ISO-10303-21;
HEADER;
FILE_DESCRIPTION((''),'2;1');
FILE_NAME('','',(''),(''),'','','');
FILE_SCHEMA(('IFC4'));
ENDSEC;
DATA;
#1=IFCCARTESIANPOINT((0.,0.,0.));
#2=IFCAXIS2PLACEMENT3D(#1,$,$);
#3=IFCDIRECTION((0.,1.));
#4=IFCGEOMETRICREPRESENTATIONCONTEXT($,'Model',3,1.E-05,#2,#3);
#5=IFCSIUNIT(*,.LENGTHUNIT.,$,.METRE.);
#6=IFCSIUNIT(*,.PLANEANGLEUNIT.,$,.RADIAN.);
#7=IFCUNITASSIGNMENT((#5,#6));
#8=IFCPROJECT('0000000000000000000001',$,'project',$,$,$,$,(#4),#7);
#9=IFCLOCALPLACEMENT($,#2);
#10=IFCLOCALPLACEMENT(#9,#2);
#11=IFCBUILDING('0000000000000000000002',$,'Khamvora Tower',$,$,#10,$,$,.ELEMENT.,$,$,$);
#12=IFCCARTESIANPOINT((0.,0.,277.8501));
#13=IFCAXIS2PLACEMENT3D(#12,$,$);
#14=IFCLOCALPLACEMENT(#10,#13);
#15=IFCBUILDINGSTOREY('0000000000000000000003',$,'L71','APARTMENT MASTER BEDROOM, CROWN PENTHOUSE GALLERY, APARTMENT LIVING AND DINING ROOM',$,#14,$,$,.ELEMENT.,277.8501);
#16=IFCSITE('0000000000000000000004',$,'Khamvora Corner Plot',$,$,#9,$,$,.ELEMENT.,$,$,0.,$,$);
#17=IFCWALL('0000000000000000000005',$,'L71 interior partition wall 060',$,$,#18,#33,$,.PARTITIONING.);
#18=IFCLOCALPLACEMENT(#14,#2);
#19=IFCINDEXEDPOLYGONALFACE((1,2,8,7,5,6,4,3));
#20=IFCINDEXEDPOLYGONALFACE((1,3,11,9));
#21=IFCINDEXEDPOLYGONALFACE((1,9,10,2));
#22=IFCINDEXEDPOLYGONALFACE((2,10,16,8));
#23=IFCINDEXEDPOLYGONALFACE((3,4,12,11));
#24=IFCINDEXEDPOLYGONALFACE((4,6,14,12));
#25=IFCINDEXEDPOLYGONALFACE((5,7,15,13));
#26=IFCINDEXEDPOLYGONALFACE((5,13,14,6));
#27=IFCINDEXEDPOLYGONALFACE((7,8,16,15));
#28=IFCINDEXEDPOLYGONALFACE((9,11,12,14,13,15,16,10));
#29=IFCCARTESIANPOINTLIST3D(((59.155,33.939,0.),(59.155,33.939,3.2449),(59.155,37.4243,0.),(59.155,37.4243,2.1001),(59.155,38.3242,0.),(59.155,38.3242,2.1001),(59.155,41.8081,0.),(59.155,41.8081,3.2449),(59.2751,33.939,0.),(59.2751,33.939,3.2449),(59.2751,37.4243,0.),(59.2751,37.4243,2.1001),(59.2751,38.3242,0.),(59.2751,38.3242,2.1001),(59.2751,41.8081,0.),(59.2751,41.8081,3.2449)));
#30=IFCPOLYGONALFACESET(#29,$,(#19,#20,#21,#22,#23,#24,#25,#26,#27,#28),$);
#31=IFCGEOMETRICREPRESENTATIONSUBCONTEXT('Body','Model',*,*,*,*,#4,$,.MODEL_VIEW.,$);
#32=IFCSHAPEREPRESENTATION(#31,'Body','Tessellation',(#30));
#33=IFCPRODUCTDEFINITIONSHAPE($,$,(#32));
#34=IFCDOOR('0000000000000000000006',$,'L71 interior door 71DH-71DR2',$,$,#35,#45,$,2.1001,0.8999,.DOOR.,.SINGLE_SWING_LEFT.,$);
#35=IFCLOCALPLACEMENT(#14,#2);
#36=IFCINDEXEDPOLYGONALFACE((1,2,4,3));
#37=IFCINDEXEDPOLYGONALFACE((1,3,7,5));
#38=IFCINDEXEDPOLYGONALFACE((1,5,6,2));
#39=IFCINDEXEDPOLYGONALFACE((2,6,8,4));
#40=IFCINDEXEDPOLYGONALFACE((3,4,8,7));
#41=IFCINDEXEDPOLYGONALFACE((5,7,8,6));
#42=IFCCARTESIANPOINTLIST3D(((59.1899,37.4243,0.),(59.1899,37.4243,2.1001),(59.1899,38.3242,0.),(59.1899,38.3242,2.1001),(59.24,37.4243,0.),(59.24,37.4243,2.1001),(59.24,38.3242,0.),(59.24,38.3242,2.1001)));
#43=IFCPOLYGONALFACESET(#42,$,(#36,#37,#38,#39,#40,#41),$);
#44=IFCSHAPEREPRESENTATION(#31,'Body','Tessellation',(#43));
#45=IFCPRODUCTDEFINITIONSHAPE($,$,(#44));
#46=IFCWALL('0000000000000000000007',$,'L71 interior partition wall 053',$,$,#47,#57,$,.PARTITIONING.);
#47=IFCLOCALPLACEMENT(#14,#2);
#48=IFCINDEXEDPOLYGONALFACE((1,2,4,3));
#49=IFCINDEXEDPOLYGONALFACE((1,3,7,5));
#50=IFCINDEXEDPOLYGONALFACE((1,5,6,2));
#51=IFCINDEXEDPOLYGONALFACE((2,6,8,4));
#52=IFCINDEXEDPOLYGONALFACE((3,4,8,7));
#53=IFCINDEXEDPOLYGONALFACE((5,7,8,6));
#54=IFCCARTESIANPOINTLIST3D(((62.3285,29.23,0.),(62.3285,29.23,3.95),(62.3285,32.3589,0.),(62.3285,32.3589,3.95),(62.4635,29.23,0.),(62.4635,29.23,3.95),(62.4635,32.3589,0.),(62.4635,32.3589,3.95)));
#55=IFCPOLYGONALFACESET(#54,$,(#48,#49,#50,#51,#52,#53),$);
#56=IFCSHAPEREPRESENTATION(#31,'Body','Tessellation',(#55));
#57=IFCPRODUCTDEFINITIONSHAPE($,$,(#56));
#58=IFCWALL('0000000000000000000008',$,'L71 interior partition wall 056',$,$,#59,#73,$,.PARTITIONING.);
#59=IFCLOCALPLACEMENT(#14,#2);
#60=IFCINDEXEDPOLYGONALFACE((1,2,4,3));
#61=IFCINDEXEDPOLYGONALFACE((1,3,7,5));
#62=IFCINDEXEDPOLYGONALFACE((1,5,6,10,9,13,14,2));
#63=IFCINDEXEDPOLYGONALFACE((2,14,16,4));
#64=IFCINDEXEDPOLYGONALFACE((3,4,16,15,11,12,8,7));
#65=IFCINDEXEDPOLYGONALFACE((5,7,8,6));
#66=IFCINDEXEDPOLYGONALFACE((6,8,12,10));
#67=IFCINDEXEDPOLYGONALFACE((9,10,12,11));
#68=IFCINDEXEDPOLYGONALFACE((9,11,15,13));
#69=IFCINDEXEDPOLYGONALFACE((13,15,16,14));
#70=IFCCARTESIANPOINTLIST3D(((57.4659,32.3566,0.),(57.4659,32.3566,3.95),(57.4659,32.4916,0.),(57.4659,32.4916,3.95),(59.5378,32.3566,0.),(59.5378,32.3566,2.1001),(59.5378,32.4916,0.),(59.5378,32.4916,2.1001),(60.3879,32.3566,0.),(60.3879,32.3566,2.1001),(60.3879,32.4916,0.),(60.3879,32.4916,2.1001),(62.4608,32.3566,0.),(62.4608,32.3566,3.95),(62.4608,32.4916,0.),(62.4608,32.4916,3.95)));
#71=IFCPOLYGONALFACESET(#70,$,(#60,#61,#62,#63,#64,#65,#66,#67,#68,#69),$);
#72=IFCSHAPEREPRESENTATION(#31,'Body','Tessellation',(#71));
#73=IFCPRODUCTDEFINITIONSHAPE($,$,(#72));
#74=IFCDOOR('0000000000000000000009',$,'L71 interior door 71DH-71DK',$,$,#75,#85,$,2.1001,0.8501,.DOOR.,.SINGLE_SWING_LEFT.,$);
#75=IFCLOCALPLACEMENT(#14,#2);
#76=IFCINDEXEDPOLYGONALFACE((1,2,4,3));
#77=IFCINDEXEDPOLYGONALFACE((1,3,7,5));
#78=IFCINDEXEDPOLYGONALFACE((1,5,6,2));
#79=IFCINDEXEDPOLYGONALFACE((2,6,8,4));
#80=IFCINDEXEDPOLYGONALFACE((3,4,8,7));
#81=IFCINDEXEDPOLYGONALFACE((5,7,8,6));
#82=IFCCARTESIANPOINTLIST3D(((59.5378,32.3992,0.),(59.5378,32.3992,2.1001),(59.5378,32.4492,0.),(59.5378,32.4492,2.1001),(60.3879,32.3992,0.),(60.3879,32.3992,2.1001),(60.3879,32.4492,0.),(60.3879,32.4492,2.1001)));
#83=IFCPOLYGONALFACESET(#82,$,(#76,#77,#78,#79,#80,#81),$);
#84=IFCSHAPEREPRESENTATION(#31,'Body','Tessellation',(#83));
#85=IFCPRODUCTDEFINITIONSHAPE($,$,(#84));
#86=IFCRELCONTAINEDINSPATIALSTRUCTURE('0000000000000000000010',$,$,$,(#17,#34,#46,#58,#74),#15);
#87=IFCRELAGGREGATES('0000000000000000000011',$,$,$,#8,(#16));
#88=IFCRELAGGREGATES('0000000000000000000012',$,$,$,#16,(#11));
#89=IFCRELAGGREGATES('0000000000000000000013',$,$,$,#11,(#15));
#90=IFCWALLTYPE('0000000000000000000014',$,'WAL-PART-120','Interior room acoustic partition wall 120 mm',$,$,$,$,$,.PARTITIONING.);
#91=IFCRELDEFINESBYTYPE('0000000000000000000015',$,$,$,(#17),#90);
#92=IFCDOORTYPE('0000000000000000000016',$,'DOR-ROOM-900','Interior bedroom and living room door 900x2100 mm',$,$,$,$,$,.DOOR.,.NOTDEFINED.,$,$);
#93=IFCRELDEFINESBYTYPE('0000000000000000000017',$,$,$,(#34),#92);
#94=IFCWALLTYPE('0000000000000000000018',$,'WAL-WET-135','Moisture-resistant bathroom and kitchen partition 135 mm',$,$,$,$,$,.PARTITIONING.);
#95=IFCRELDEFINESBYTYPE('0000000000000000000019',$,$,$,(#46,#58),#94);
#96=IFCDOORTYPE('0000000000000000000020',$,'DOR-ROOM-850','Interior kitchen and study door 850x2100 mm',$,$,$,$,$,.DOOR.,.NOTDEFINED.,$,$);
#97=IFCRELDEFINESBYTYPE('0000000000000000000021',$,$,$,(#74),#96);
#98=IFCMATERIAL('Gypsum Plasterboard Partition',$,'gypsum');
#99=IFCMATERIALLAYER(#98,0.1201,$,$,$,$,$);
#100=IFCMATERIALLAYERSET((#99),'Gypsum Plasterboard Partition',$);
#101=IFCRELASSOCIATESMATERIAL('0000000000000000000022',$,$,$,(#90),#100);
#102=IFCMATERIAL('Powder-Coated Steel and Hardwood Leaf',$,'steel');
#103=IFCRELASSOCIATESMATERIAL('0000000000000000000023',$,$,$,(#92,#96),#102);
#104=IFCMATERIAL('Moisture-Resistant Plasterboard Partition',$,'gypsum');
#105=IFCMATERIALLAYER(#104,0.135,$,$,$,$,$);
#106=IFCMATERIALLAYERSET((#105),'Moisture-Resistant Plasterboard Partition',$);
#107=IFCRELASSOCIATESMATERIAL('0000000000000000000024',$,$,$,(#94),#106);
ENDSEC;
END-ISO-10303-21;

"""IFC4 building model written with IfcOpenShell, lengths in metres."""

from ifc_helpers import new_model, si_unit, direction, frame, frame_2d, origin, place, context, subcontext, project, spatial, rectangle, extrude, material, layer, layer_set, type_object, element, fill, save


model = new_model("IFC4")

# Units and contexts
model_context = context("Model", 3, precision=1e-05, world=origin(), true_north=direction((0.0, 1.0)))
body_context = subcontext(model_context, "Body", "Model", "MODEL_VIEW")
ifc_project = project(units=[si_unit("LENGTHUNIT", "METRE"), si_unit("PLANEANGLEUNIT", "RADIAN")], contexts=[model_context])

# Site, building, storey
site_placement = place(None, origin())
site = spatial("IfcSite", under=ifc_project, at=site_placement, Name="Khamvora Corner Plot", CompositionType="ELEMENT", RefElevation=0.0)
building_placement = place(site_placement, origin())
building = spatial("IfcBuilding", under=site, at=building_placement, Name="Khamvora Tower", CompositionType="ELEMENT")
storey_placement = place(building_placement, frame((0.0, 0.0, 277.8501)))
storey = spatial("IfcBuildingStorey", under=building, at=storey_placement, Name="L71", Description="APARTMENT MASTER BEDROOM, CROWN PENTHOUSE GALLERY, APARTMENT LIVING AND DINING ROOM", CompositionType="ELEMENT", Elevation=277.8501)

# Wall, opening, door
ifc_material_1 = material(Name="Gypsum Plasterboard Partition", Category="gypsum")
ifc_layer_1 = layer(ifc_material_1, 0.1201)
ifc_layer_set_1 = layer_set([ifc_layer_1], Name="Gypsum Plasterboard Partition")
wall_type_1 = type_object("IfcWallType", Name="WAL-PART-120", Description="Interior room acoustic partition wall 120 mm", PredefinedType="PARTITIONING", material=ifc_layer_set_1)
ifc_material_2 = material(Name="Powder-Coated Steel and Hardwood Leaf", Category="steel")
door_type_1 = type_object("IfcDoorType", Name="DOR-ROOM-900", Description="Interior bedroom and living room door 900x2100 mm", OperationType="NOTDEFINED", PredefinedType="DOOR", material=ifc_material_2)
wall_1_placement = place(storey_placement, frame((59.2151, 41.8081, 0.0), z_axis=(0.0, 0.0, 1.0), x_axis=(0.0, -1.0, 0.0)))
wall_1 = element("IfcWall", 1, at=wall_1_placement, inside=storey, type_object=wall_type_1, Name="L71 interior partition wall 060", PredefinedType="PARTITIONING", context=body_context, shape_type="SweptSolid", body=[
    extrude(rectangle(XDim=7.8691, YDim=0.1201, at=frame_2d((3.9346, 0.0))), origin(), (0.0, 0.0, 1.0), 3.2449),
])
opening_1_placement = place(wall_1_placement, frame((3.4839, 0.0, 0.0)))
opening_1 = element("IfcOpeningElement", 2, at=opening_1_placement, cuts=wall_1, PredefinedType="OPENING", context=body_context, shape_type="SweptSolid", body=[
    extrude(rectangle(XDim=0.8999, YDim=2.1001, at=frame_2d((0.45, 1.05))), frame((0.0, 0.0701, 0.0), z_axis=(0.0, -1.0, 0.0), x_axis=(1.0, 0.0, 0.0)), (0.0, 0.0, 1.0), 0.1401),
])
door_1_placement = place(opening_1_placement, origin())
door_1 = element("IfcDoor", 3, at=door_1_placement, inside=storey, type_object=door_type_1, Name="L71 interior door 71DH-71DR2", OperationType="SINGLE_SWING_LEFT", OverallHeight=2.1001, OverallWidth=0.8999, PredefinedType="DOOR", context=body_context, shape_type="SweptSolid", body=[
    extrude(rectangle(XDim=0.8999, YDim=2.1001, at=frame_2d((0.45, 1.05))), frame((0.0, 0.0249, 0.0), z_axis=(0.0, -1.0, 0.0), x_axis=(1.0, 0.0, 0.0)), (0.0, 0.0, 1.0), 0.05),
])
fill(opening_1, door_1)

# Wall
ifc_material_3 = material(Name="Moisture-Resistant Plasterboard Partition", Category="gypsum")
ifc_layer_2 = layer(ifc_material_3, 0.135)
ifc_layer_set_2 = layer_set([ifc_layer_2], Name="Moisture-Resistant Plasterboard Partition")
wall_type_2 = type_object("IfcWallType", Name="WAL-WET-135", Description="Moisture-resistant bathroom and kitchen partition 135 mm", PredefinedType="PARTITIONING", material=ifc_layer_set_2)
wall_2_placement = place(storey_placement, frame((62.396, 29.23, 0.0), z_axis=(0.0, 0.0, 1.0), x_axis=(0.0, 1.0, 0.0)))
element("IfcWall", 4, at=wall_2_placement, inside=storey, type_object=wall_type_2, Name="L71 interior partition wall 053", PredefinedType="PARTITIONING", context=body_context, shape_type="SweptSolid", body=[
    extrude(rectangle(XDim=3.1289, YDim=0.135, at=frame_2d((1.5645, 0.0))), origin(), (0.0, 0.0, 1.0), 3.95),
])

# Wall, opening, door
wall_3_placement = place(storey_placement, frame((62.4609, 32.4241, 0.0), z_axis=(0.0, 0.0, 1.0), x_axis=(-1.0, 0.0, 0.0)))
wall_3 = element("IfcWall", 5, at=wall_3_placement, inside=storey, type_object=wall_type_2, Name="L71 interior partition wall 056", PredefinedType="PARTITIONING", context=body_context, shape_type="SweptSolid", body=[
    extrude(rectangle(XDim=4.9949, YDim=0.135, at=frame_2d((2.4976, 0.0))), origin(), (0.0, 0.0, 1.0), 3.95),
])
opening_2_placement = place(wall_3_placement, frame((2.073, 0.0, 0.0)))
opening_2 = element("IfcOpeningElement", 6, at=opening_2_placement, cuts=wall_3, PredefinedType="OPENING", context=body_context, shape_type="SweptSolid", body=[
    extrude(rectangle(XDim=0.8501, YDim=2.1001, at=frame_2d((0.425, 1.05))), frame((0.0, 0.0774, 0.0), z_axis=(0.0, -1.0, 0.0), x_axis=(1.0, 0.0, 0.0)), (0.0, 0.0, 1.0), 0.155),
])
door_type_2 = type_object("IfcDoorType", Name="DOR-ROOM-850", Description="Interior kitchen and study door 850x2100 mm", OperationType="NOTDEFINED", PredefinedType="DOOR", material=ifc_material_2)
door_2_placement = place(opening_2_placement, origin())
door_2 = element("IfcDoor", 7, at=door_2_placement, inside=storey, type_object=door_type_2, Name="L71 interior door 71DH-71DK", OperationType="SINGLE_SWING_LEFT", OverallHeight=2.1001, OverallWidth=0.8501, PredefinedType="DOOR", context=body_context, shape_type="SweptSolid", body=[
    extrude(rectangle(XDim=0.8501, YDim=2.1001, at=frame_2d((0.425, 1.05))), frame((0.0, 0.0249, 0.0), z_axis=(0.0, -1.0, 0.0), x_axis=(1.0, 0.0, 0.0)), (0.0, 0.0, 1.0), 0.05),
])
fill(opening_2, door_2)

save(model, "model.ifc")
